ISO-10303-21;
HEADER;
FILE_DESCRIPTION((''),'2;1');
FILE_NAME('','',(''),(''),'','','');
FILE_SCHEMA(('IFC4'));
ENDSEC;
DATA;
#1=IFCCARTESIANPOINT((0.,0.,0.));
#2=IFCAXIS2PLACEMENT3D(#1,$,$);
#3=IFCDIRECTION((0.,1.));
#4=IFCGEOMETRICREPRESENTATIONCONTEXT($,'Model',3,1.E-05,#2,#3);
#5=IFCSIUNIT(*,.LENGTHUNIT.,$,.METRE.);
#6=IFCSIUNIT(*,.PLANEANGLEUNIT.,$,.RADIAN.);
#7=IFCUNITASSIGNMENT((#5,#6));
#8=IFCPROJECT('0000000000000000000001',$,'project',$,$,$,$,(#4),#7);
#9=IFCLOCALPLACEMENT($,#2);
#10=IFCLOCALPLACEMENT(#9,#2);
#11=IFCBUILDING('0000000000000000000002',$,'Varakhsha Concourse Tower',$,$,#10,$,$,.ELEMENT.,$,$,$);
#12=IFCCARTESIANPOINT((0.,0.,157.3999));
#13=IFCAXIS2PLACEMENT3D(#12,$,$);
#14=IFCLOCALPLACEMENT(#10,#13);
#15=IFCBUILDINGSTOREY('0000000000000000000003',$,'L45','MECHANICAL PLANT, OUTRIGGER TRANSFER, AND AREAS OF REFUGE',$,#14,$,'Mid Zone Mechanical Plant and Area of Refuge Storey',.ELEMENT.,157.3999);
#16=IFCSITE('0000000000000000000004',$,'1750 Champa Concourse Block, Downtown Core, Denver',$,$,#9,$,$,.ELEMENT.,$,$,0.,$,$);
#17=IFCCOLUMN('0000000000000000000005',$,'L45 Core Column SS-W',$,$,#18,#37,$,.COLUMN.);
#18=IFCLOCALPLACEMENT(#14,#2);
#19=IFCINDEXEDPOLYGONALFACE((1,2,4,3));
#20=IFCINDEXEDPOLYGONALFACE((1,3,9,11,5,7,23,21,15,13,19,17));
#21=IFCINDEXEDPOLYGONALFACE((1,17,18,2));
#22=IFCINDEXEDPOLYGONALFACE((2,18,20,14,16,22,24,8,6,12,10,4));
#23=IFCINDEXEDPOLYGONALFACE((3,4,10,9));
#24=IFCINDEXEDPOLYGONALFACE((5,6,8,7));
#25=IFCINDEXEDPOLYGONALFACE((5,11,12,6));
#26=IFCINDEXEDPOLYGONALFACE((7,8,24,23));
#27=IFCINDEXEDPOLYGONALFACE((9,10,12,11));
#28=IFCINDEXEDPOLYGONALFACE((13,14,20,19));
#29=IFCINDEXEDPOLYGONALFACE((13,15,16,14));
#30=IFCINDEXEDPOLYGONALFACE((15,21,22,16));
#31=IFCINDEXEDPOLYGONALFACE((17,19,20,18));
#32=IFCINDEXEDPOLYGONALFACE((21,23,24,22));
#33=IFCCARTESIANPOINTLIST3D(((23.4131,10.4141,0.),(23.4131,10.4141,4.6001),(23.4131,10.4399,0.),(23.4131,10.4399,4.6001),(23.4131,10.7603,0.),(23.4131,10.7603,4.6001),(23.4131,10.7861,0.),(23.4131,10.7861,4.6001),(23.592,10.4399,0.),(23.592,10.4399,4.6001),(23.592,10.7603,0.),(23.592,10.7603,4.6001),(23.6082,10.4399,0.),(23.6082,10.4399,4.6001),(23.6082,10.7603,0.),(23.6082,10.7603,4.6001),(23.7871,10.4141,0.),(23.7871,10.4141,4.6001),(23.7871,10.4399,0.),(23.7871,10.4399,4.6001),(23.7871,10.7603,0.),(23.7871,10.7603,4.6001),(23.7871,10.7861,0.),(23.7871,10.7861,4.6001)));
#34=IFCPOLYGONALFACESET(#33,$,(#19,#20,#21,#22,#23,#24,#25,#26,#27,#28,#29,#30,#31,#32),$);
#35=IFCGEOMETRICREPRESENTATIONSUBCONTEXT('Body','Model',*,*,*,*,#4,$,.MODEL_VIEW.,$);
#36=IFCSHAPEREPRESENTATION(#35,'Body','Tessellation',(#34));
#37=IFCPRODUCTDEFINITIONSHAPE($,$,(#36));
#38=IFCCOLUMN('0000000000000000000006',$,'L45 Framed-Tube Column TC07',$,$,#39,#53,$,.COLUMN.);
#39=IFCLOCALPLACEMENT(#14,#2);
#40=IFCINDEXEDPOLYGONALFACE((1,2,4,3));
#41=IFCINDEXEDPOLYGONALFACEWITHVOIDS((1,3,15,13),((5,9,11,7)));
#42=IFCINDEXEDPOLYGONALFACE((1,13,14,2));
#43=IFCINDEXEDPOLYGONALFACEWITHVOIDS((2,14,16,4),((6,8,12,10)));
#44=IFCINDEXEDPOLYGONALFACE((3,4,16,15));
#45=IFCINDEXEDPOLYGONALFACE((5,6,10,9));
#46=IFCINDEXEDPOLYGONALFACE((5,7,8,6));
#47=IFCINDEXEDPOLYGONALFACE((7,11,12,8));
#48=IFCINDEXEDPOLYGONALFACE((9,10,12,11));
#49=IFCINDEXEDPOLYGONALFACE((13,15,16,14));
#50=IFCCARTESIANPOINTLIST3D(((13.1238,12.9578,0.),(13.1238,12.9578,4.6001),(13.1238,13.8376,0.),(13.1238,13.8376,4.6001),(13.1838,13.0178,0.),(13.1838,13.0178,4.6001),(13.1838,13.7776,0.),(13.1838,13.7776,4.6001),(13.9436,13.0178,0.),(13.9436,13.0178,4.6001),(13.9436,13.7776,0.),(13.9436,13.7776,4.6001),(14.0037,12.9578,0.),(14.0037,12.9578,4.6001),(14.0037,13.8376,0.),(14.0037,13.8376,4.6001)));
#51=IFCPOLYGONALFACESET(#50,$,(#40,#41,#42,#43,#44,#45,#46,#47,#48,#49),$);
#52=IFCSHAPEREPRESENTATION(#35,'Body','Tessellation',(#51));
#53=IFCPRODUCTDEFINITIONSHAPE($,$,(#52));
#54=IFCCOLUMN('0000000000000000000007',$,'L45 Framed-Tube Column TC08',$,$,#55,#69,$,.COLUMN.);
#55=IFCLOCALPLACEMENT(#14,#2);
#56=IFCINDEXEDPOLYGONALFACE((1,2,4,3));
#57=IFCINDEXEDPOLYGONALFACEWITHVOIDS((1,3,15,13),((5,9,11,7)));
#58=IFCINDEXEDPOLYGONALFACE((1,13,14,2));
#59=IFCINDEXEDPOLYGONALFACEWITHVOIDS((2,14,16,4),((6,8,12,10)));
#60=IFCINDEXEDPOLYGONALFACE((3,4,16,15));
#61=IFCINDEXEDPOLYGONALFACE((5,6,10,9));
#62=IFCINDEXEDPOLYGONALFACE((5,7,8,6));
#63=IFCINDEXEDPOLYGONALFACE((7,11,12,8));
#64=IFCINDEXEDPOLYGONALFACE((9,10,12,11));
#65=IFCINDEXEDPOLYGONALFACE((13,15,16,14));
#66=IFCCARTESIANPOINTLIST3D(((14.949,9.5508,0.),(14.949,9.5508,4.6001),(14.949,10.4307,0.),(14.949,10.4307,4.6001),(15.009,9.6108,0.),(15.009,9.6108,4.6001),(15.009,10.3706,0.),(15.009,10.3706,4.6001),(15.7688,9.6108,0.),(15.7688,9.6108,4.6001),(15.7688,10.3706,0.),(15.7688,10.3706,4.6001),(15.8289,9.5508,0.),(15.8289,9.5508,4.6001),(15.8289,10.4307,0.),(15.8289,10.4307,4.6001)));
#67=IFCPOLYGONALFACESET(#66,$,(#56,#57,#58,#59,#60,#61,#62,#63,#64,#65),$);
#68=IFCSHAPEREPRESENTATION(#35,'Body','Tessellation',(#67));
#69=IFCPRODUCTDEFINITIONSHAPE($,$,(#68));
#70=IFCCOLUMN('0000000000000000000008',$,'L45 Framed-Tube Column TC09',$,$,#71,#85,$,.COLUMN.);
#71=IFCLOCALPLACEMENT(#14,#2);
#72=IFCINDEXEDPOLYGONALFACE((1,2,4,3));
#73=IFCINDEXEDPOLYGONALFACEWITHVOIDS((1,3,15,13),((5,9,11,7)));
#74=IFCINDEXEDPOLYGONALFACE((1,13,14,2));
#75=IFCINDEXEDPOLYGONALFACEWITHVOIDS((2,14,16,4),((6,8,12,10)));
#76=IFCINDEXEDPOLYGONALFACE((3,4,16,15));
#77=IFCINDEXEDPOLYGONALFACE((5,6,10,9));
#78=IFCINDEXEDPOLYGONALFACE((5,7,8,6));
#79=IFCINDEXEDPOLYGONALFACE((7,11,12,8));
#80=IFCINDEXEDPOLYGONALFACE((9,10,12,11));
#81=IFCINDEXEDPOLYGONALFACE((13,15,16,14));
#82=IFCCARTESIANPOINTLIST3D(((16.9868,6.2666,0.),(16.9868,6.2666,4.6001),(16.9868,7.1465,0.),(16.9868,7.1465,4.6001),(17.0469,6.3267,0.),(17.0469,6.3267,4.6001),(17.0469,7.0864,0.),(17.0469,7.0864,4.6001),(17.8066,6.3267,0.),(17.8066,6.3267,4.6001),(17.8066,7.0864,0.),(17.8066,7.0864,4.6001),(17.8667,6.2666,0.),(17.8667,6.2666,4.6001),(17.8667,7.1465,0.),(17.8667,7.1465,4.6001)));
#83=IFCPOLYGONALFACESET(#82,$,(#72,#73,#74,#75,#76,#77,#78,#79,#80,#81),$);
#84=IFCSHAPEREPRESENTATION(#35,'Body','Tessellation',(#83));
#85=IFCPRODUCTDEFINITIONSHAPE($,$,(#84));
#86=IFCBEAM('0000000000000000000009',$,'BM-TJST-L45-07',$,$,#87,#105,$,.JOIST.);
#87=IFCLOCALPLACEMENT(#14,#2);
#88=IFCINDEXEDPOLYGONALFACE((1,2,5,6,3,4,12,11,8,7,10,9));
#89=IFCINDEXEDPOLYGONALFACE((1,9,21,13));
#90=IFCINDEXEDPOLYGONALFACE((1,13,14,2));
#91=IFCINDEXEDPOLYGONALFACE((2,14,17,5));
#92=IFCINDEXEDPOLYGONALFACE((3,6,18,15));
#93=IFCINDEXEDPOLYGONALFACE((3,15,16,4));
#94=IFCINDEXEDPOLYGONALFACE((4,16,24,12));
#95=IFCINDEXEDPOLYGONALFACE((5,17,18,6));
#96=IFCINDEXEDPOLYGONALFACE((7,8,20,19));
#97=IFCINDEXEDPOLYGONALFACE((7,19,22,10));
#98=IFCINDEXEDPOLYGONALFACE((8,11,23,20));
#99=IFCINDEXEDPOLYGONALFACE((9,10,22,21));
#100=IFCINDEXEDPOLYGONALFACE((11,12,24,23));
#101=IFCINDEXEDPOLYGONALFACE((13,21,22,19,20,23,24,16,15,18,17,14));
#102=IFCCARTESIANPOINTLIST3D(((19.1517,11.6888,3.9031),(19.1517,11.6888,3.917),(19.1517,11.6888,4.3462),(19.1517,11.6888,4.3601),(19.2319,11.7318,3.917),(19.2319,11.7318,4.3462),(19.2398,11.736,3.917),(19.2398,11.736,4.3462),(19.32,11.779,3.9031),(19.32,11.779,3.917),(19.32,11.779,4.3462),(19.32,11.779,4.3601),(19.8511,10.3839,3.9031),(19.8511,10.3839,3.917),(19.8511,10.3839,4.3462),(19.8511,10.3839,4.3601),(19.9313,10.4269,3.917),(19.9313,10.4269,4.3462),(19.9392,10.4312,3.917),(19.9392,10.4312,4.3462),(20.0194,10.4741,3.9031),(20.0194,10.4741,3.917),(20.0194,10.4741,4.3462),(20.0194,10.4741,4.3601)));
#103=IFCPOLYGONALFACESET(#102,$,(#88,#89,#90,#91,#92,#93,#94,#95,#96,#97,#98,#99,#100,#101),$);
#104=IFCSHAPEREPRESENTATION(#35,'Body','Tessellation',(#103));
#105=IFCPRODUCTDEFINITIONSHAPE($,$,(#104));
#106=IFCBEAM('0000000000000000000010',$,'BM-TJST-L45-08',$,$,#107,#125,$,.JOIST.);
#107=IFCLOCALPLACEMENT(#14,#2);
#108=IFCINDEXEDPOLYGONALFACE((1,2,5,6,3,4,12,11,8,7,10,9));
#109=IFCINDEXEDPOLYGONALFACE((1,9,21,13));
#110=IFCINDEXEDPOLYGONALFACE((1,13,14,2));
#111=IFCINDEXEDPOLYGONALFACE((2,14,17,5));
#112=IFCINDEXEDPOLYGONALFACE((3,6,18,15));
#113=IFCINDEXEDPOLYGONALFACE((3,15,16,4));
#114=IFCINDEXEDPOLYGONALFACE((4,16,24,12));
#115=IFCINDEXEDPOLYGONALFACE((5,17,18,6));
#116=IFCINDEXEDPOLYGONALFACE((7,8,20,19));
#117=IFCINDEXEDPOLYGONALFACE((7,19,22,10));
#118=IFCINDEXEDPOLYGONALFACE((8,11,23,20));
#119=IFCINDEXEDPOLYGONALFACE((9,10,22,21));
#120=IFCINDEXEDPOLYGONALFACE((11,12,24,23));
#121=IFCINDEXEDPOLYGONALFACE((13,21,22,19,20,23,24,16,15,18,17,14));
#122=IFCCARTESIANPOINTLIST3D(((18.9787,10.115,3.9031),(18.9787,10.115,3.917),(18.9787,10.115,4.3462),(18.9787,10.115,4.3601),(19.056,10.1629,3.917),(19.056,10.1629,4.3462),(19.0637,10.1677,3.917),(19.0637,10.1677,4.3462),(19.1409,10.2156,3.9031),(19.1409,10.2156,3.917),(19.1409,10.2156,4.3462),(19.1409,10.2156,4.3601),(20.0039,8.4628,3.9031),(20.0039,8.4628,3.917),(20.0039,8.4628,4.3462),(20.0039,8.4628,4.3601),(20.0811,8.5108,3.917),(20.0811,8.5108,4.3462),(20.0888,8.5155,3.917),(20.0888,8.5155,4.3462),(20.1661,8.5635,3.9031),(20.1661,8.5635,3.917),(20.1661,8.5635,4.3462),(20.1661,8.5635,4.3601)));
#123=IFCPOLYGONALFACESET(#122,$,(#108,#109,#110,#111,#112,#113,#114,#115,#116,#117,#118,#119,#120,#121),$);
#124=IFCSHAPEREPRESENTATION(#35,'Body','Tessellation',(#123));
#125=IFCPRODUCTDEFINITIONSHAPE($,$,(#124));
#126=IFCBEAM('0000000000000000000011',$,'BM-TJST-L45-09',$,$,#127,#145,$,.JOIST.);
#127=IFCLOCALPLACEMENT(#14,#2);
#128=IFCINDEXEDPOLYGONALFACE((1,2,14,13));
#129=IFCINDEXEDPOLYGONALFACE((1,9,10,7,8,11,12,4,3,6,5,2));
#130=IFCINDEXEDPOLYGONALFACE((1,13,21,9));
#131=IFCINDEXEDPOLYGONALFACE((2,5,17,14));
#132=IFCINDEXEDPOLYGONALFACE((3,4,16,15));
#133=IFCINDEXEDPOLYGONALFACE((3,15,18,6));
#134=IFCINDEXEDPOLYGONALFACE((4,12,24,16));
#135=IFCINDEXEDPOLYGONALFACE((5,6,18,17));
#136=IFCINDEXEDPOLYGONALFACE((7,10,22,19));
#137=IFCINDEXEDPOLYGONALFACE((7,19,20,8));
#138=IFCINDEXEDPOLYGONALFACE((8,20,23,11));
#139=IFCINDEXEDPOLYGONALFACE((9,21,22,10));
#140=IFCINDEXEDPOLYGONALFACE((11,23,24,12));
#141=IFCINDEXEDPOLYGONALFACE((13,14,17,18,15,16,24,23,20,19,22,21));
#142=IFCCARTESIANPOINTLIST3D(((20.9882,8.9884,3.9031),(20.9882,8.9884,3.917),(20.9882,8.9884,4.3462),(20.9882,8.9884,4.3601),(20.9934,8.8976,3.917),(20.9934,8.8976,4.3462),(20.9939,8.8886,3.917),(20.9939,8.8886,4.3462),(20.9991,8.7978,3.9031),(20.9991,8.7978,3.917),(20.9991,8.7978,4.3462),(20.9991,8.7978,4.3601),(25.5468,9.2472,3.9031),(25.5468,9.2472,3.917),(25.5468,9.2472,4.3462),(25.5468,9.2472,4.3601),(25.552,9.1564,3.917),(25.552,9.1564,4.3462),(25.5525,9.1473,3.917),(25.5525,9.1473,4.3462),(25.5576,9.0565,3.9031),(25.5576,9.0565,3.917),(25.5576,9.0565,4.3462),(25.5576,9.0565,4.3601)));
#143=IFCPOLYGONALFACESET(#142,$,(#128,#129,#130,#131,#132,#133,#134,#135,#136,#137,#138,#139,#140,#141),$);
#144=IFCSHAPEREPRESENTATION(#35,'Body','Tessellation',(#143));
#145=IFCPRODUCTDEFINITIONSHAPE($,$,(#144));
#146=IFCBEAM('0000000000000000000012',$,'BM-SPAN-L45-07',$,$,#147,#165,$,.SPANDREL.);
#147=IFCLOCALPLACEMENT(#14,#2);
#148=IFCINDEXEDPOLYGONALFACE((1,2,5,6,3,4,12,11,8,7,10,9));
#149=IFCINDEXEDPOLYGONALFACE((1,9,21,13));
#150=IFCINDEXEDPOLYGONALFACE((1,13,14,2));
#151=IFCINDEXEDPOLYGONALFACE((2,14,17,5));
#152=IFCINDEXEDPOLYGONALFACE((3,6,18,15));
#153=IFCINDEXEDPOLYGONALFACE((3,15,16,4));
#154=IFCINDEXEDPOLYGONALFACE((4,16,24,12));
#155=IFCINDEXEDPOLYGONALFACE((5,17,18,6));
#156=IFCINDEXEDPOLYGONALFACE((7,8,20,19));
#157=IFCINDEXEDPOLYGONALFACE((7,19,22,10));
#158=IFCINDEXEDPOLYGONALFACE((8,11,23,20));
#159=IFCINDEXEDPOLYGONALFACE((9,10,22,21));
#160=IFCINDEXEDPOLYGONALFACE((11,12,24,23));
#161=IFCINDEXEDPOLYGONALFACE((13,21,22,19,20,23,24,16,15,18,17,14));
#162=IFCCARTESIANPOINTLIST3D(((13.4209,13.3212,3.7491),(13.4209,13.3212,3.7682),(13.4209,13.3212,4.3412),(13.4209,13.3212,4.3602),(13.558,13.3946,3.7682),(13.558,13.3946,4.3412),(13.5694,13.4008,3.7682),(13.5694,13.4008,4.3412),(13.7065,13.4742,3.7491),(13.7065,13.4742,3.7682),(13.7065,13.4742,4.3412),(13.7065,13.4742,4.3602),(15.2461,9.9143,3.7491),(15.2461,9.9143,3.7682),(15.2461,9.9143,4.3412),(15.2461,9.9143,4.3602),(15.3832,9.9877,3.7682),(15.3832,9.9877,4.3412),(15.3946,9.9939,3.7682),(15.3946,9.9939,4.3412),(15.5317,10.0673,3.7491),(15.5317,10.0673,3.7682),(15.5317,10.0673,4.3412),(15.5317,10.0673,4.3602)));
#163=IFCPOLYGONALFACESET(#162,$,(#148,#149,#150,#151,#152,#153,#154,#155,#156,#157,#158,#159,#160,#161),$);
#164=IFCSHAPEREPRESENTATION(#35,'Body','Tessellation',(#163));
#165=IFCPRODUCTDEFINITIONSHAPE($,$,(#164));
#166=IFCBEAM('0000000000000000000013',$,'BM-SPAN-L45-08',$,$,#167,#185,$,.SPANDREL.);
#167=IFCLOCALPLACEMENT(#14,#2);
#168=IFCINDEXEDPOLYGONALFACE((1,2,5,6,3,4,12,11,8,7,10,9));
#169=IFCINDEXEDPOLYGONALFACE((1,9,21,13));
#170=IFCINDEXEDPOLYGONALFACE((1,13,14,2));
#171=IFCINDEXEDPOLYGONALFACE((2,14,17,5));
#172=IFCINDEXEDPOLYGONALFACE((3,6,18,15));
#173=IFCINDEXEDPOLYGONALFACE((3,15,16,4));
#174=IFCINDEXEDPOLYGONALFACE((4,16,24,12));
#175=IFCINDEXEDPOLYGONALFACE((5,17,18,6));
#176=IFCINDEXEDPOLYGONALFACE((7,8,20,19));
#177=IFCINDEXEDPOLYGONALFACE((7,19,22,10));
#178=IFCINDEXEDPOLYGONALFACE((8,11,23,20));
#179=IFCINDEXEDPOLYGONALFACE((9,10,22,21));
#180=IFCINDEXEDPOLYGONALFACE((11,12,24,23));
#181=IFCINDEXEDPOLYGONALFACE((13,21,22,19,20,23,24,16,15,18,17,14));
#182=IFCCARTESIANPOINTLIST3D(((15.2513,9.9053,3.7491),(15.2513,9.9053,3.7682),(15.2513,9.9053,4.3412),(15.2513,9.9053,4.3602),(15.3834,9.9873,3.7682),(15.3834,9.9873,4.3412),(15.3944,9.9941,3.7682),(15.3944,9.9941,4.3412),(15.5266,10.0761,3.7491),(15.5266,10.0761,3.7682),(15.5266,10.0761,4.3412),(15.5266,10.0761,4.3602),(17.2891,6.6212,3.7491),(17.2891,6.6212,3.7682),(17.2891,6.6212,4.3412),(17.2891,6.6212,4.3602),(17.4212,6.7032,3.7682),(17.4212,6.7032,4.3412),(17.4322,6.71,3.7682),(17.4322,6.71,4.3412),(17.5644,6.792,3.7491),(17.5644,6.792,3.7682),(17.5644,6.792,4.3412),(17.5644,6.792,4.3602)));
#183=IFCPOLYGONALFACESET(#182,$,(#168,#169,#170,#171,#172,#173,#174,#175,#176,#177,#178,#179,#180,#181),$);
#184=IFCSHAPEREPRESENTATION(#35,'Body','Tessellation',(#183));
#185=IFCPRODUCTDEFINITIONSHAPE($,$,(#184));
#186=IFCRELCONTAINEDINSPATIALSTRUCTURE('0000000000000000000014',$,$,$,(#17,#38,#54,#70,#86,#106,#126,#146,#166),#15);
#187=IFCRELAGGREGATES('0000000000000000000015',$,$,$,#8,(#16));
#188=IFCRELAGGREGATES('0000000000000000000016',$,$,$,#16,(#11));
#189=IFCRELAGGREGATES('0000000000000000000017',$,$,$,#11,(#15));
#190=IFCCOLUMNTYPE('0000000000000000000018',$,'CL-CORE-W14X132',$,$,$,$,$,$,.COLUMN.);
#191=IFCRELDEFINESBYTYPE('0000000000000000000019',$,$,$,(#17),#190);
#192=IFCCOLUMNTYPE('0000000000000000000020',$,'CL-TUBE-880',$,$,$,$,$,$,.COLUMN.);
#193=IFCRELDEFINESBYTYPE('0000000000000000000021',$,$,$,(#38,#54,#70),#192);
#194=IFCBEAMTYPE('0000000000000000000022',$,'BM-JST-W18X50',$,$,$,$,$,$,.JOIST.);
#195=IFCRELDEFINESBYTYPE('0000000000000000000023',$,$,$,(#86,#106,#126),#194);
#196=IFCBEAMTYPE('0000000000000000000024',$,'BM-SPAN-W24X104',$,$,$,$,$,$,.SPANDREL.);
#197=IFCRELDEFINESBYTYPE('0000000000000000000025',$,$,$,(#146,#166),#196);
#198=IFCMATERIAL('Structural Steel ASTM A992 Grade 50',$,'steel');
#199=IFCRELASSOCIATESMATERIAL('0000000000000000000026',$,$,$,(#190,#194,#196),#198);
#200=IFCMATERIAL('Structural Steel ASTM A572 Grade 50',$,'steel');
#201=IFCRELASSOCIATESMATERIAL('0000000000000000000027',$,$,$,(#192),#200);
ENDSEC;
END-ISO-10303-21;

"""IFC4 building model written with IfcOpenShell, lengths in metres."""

from ifc_helpers import new_model, si_unit, direction, frame, origin, origin_2d, place, context, subcontext, project, spatial, hollow_rectangle, i_section, extrude, material, material_profile, profile_set, type_object, element, save


model = new_model("IFC4")

# Units and contexts
model_context = context("Model", 3, precision=1e-05, world=origin(), true_north=direction((0.0, 1.0)))
body_context = subcontext(model_context, "Body", "Model", "MODEL_VIEW")
ifc_project = project(units=[si_unit("LENGTHUNIT", "METRE"), si_unit("PLANEANGLEUNIT", "RADIAN")], contexts=[model_context])

# Site, building, storey
site_placement = place(None, origin())
site = spatial("IfcSite", under=ifc_project, at=site_placement, Name="1750 Champa Concourse Block, Downtown Core, Denver", CompositionType="ELEMENT", RefElevation=0.0)
building_placement = place(site_placement, origin())
building = spatial("IfcBuilding", under=site, at=building_placement, Name="Varakhsha Concourse Tower", CompositionType="ELEMENT")
storey_placement = place(building_placement, frame((0.0, 0.0, 157.3999)))
storey = spatial("IfcBuildingStorey", under=building, at=storey_placement, Name="L45", Description="MECHANICAL PLANT, OUTRIGGER TRANSFER, AND AREAS OF REFUGE", LongName="Mid Zone Mechanical Plant and Area of Refuge Storey", CompositionType="ELEMENT", Elevation=157.3999)

# Columns
ifc_material_1 = material(Name="Structural Steel ASTM A992 Grade 50", Category="steel")
ifc_material_profile_1 = material_profile(ifc_material_1, i_section(OverallWidth=0.374, OverallDepth=0.3721, WebThickness=0.0161, FlangeThickness=0.0259, at=origin_2d()), Name="W14X132")
ifc_profile_set_1 = profile_set([ifc_material_profile_1], Name="Structural Steel ASTM A992 Grade 50")
column_type_1 = type_object("IfcColumnType", Name="CL-CORE-W14X132", PredefinedType="COLUMN", material=ifc_profile_set_1)
column_placement = place(storey_placement, frame((23.6001, 10.6001, 0.0), z_axis=(0.0, 0.0, 1.0), x_axis=(1.0, 0.0, 0.0)))
element("IfcColumn", 1, at=column_placement, inside=storey, type_object=column_type_1, Name="L45 Core Column SS-W", PredefinedType="COLUMN", context=body_context, shape_type="SweptSolid", body=[
    extrude(i_section(OverallWidth=0.374, OverallDepth=0.3721, WebThickness=0.0161, FlangeThickness=0.0259, at=origin_2d()), origin(), (0.0, 0.0, 1.0), 4.6001),
])
ifc_material_2 = material(Name="Structural Steel ASTM A572 Grade 50", Category="steel")
ifc_material_profile_2 = material_profile(ifc_material_2, hollow_rectangle(XDim=0.8799, YDim=0.8799, WallThickness=0.0601, at=origin_2d()), Name="BOX 880x880x60")
ifc_profile_set_2 = profile_set([ifc_material_profile_2], Name="Structural Steel ASTM A572 Grade 50")
column_type_2 = type_object("IfcColumnType", Name="CL-TUBE-880", PredefinedType="COLUMN", material=ifc_profile_set_2)
for number, where, z_axis, x_axis, name in (
    (2, (13.5637, 13.3977, 0.0), (0.0, 0.0, 1.0), (1.0, 0.0, 0.0), "L45 Framed-Tube Column TC07"),
    (3, (15.3889, 9.9907, 0.0), (0.0, 0.0, 1.0), (1.0, 0.0, 0.0), "L45 Framed-Tube Column TC08"),
    (4, (17.4268, 6.7065, 0.0), (0.0, 0.0, 1.0), (1.0, 0.0, 0.0), "L45 Framed-Tube Column TC09"),
):
    element("IfcColumn", number, at=place(storey_placement, frame(where, z_axis=z_axis, x_axis=x_axis)), inside=storey, type_object=column_type_2, Name=name, PredefinedType="COLUMN", context=body_context, shape_type="SweptSolid", body=[
        extrude(hollow_rectangle(XDim=0.8799, YDim=0.8799, WallThickness=0.0601, at=origin_2d()), origin(), (0.0, 0.0, 1.0), 4.6001),
    ])

# Beams
ifc_material_profile_3 = material_profile(ifc_material_1, i_section(OverallWidth=0.1909, OverallDepth=0.457, WebThickness=0.009, FlangeThickness=0.0139, at=origin_2d()), Name="W18X50")
ifc_profile_set_3 = profile_set([ifc_material_profile_3], Name="Structural Steel ASTM A992 Grade 50")
beam_type_1 = type_object("IfcBeamType", Name="BM-JST-W18X50", PredefinedType="JOIST", material=ifc_profile_set_3)
beam_1_placement = place(storey_placement, frame((19.2358, 11.7339, 4.1316), z_axis=(0.472427, -0.88137, 0.0), x_axis=(0.88137, 0.472427, 0.0)))
element("IfcBeam", 5, at=beam_1_placement, inside=storey, type_object=beam_type_1, Name="BM-TJST-L45-07", PredefinedType="JOIST", context=body_context, shape_type="SweptSolid", body=[
    extrude(i_section(OverallWidth=0.1909, OverallDepth=0.457, WebThickness=0.009, FlangeThickness=0.0139, at=origin_2d()), origin(), (0.0, 0.0, 1.0), 1.4805),
])
beam_2_placement = place(storey_placement, frame((19.0598, 10.1653, 4.1316), z_axis=(0.527253, -0.849708, 0.0), x_axis=(0.849708, 0.527253, 0.0)))
element("IfcBeam", 6, at=beam_2_placement, inside=storey, type_object=beam_type_1, Name="BM-TJST-L45-08", PredefinedType="JOIST", context=body_context, shape_type="SweptSolid", body=[
    extrude(i_section(OverallWidth=0.1909, OverallDepth=0.457, WebThickness=0.009, FlangeThickness=0.0139, at=origin_2d()), origin(), (0.0, 0.0, 1.0), 1.9443),
])
beam_3_placement = place(storey_placement, frame((20.9937, 8.8931, 4.1316), z_axis=(0.998392, 0.056678, 0.0), x_axis=(-0.056678, 0.998392, 0.0)))
element("IfcBeam", 7, at=beam_3_placement, inside=storey, type_object=beam_type_1, Name="BM-TJST-L45-09", PredefinedType="JOIST", context=body_context, shape_type="SweptSolid", body=[
    extrude(i_section(OverallWidth=0.1909, OverallDepth=0.457, WebThickness=0.009, FlangeThickness=0.0139, at=origin_2d()), origin(), (0.0, 0.0, 1.0), 4.5659),
])
ifc_material_profile_4 = material_profile(ifc_material_1, i_section(OverallWidth=0.324, OverallDepth=0.6111, WebThickness=0.0129, FlangeThickness=0.019, at=origin_2d()), Name="W24X104")
ifc_profile_set_4 = profile_set([ifc_material_profile_4], Name="Structural Steel ASTM A992 Grade 50")
beam_type_2 = type_object("IfcBeamType", Name="BM-SPAN-W24X104", PredefinedType="SPANDREL", material=ifc_profile_set_4)
for number, where, z_axis, x_axis, name in (
    (8, (13.5637, 13.3977, 4.0547), (0.472227, -0.881477, 0.0), (0.881477, 0.472227, 0.0), "BM-SPAN-L45-07"),
    (9, (15.3889, 9.9907, 4.0547), (0.527248, -0.849711, 0.0), (0.849711, 0.527248, 0.0), "BM-SPAN-L45-08"),
):
    element("IfcBeam", number, at=place(storey_placement, frame(where, z_axis=z_axis, x_axis=x_axis)), inside=storey, type_object=beam_type_2, Name=name, PredefinedType="SPANDREL", context=body_context, shape_type="SweptSolid", body=[
        extrude(i_section(OverallWidth=0.324, OverallDepth=0.6111, WebThickness=0.0129, FlangeThickness=0.019, at=origin_2d()), origin(), (0.0, 0.0, 1.0), 3.865),
    ])

save(model, "model.ifc")
